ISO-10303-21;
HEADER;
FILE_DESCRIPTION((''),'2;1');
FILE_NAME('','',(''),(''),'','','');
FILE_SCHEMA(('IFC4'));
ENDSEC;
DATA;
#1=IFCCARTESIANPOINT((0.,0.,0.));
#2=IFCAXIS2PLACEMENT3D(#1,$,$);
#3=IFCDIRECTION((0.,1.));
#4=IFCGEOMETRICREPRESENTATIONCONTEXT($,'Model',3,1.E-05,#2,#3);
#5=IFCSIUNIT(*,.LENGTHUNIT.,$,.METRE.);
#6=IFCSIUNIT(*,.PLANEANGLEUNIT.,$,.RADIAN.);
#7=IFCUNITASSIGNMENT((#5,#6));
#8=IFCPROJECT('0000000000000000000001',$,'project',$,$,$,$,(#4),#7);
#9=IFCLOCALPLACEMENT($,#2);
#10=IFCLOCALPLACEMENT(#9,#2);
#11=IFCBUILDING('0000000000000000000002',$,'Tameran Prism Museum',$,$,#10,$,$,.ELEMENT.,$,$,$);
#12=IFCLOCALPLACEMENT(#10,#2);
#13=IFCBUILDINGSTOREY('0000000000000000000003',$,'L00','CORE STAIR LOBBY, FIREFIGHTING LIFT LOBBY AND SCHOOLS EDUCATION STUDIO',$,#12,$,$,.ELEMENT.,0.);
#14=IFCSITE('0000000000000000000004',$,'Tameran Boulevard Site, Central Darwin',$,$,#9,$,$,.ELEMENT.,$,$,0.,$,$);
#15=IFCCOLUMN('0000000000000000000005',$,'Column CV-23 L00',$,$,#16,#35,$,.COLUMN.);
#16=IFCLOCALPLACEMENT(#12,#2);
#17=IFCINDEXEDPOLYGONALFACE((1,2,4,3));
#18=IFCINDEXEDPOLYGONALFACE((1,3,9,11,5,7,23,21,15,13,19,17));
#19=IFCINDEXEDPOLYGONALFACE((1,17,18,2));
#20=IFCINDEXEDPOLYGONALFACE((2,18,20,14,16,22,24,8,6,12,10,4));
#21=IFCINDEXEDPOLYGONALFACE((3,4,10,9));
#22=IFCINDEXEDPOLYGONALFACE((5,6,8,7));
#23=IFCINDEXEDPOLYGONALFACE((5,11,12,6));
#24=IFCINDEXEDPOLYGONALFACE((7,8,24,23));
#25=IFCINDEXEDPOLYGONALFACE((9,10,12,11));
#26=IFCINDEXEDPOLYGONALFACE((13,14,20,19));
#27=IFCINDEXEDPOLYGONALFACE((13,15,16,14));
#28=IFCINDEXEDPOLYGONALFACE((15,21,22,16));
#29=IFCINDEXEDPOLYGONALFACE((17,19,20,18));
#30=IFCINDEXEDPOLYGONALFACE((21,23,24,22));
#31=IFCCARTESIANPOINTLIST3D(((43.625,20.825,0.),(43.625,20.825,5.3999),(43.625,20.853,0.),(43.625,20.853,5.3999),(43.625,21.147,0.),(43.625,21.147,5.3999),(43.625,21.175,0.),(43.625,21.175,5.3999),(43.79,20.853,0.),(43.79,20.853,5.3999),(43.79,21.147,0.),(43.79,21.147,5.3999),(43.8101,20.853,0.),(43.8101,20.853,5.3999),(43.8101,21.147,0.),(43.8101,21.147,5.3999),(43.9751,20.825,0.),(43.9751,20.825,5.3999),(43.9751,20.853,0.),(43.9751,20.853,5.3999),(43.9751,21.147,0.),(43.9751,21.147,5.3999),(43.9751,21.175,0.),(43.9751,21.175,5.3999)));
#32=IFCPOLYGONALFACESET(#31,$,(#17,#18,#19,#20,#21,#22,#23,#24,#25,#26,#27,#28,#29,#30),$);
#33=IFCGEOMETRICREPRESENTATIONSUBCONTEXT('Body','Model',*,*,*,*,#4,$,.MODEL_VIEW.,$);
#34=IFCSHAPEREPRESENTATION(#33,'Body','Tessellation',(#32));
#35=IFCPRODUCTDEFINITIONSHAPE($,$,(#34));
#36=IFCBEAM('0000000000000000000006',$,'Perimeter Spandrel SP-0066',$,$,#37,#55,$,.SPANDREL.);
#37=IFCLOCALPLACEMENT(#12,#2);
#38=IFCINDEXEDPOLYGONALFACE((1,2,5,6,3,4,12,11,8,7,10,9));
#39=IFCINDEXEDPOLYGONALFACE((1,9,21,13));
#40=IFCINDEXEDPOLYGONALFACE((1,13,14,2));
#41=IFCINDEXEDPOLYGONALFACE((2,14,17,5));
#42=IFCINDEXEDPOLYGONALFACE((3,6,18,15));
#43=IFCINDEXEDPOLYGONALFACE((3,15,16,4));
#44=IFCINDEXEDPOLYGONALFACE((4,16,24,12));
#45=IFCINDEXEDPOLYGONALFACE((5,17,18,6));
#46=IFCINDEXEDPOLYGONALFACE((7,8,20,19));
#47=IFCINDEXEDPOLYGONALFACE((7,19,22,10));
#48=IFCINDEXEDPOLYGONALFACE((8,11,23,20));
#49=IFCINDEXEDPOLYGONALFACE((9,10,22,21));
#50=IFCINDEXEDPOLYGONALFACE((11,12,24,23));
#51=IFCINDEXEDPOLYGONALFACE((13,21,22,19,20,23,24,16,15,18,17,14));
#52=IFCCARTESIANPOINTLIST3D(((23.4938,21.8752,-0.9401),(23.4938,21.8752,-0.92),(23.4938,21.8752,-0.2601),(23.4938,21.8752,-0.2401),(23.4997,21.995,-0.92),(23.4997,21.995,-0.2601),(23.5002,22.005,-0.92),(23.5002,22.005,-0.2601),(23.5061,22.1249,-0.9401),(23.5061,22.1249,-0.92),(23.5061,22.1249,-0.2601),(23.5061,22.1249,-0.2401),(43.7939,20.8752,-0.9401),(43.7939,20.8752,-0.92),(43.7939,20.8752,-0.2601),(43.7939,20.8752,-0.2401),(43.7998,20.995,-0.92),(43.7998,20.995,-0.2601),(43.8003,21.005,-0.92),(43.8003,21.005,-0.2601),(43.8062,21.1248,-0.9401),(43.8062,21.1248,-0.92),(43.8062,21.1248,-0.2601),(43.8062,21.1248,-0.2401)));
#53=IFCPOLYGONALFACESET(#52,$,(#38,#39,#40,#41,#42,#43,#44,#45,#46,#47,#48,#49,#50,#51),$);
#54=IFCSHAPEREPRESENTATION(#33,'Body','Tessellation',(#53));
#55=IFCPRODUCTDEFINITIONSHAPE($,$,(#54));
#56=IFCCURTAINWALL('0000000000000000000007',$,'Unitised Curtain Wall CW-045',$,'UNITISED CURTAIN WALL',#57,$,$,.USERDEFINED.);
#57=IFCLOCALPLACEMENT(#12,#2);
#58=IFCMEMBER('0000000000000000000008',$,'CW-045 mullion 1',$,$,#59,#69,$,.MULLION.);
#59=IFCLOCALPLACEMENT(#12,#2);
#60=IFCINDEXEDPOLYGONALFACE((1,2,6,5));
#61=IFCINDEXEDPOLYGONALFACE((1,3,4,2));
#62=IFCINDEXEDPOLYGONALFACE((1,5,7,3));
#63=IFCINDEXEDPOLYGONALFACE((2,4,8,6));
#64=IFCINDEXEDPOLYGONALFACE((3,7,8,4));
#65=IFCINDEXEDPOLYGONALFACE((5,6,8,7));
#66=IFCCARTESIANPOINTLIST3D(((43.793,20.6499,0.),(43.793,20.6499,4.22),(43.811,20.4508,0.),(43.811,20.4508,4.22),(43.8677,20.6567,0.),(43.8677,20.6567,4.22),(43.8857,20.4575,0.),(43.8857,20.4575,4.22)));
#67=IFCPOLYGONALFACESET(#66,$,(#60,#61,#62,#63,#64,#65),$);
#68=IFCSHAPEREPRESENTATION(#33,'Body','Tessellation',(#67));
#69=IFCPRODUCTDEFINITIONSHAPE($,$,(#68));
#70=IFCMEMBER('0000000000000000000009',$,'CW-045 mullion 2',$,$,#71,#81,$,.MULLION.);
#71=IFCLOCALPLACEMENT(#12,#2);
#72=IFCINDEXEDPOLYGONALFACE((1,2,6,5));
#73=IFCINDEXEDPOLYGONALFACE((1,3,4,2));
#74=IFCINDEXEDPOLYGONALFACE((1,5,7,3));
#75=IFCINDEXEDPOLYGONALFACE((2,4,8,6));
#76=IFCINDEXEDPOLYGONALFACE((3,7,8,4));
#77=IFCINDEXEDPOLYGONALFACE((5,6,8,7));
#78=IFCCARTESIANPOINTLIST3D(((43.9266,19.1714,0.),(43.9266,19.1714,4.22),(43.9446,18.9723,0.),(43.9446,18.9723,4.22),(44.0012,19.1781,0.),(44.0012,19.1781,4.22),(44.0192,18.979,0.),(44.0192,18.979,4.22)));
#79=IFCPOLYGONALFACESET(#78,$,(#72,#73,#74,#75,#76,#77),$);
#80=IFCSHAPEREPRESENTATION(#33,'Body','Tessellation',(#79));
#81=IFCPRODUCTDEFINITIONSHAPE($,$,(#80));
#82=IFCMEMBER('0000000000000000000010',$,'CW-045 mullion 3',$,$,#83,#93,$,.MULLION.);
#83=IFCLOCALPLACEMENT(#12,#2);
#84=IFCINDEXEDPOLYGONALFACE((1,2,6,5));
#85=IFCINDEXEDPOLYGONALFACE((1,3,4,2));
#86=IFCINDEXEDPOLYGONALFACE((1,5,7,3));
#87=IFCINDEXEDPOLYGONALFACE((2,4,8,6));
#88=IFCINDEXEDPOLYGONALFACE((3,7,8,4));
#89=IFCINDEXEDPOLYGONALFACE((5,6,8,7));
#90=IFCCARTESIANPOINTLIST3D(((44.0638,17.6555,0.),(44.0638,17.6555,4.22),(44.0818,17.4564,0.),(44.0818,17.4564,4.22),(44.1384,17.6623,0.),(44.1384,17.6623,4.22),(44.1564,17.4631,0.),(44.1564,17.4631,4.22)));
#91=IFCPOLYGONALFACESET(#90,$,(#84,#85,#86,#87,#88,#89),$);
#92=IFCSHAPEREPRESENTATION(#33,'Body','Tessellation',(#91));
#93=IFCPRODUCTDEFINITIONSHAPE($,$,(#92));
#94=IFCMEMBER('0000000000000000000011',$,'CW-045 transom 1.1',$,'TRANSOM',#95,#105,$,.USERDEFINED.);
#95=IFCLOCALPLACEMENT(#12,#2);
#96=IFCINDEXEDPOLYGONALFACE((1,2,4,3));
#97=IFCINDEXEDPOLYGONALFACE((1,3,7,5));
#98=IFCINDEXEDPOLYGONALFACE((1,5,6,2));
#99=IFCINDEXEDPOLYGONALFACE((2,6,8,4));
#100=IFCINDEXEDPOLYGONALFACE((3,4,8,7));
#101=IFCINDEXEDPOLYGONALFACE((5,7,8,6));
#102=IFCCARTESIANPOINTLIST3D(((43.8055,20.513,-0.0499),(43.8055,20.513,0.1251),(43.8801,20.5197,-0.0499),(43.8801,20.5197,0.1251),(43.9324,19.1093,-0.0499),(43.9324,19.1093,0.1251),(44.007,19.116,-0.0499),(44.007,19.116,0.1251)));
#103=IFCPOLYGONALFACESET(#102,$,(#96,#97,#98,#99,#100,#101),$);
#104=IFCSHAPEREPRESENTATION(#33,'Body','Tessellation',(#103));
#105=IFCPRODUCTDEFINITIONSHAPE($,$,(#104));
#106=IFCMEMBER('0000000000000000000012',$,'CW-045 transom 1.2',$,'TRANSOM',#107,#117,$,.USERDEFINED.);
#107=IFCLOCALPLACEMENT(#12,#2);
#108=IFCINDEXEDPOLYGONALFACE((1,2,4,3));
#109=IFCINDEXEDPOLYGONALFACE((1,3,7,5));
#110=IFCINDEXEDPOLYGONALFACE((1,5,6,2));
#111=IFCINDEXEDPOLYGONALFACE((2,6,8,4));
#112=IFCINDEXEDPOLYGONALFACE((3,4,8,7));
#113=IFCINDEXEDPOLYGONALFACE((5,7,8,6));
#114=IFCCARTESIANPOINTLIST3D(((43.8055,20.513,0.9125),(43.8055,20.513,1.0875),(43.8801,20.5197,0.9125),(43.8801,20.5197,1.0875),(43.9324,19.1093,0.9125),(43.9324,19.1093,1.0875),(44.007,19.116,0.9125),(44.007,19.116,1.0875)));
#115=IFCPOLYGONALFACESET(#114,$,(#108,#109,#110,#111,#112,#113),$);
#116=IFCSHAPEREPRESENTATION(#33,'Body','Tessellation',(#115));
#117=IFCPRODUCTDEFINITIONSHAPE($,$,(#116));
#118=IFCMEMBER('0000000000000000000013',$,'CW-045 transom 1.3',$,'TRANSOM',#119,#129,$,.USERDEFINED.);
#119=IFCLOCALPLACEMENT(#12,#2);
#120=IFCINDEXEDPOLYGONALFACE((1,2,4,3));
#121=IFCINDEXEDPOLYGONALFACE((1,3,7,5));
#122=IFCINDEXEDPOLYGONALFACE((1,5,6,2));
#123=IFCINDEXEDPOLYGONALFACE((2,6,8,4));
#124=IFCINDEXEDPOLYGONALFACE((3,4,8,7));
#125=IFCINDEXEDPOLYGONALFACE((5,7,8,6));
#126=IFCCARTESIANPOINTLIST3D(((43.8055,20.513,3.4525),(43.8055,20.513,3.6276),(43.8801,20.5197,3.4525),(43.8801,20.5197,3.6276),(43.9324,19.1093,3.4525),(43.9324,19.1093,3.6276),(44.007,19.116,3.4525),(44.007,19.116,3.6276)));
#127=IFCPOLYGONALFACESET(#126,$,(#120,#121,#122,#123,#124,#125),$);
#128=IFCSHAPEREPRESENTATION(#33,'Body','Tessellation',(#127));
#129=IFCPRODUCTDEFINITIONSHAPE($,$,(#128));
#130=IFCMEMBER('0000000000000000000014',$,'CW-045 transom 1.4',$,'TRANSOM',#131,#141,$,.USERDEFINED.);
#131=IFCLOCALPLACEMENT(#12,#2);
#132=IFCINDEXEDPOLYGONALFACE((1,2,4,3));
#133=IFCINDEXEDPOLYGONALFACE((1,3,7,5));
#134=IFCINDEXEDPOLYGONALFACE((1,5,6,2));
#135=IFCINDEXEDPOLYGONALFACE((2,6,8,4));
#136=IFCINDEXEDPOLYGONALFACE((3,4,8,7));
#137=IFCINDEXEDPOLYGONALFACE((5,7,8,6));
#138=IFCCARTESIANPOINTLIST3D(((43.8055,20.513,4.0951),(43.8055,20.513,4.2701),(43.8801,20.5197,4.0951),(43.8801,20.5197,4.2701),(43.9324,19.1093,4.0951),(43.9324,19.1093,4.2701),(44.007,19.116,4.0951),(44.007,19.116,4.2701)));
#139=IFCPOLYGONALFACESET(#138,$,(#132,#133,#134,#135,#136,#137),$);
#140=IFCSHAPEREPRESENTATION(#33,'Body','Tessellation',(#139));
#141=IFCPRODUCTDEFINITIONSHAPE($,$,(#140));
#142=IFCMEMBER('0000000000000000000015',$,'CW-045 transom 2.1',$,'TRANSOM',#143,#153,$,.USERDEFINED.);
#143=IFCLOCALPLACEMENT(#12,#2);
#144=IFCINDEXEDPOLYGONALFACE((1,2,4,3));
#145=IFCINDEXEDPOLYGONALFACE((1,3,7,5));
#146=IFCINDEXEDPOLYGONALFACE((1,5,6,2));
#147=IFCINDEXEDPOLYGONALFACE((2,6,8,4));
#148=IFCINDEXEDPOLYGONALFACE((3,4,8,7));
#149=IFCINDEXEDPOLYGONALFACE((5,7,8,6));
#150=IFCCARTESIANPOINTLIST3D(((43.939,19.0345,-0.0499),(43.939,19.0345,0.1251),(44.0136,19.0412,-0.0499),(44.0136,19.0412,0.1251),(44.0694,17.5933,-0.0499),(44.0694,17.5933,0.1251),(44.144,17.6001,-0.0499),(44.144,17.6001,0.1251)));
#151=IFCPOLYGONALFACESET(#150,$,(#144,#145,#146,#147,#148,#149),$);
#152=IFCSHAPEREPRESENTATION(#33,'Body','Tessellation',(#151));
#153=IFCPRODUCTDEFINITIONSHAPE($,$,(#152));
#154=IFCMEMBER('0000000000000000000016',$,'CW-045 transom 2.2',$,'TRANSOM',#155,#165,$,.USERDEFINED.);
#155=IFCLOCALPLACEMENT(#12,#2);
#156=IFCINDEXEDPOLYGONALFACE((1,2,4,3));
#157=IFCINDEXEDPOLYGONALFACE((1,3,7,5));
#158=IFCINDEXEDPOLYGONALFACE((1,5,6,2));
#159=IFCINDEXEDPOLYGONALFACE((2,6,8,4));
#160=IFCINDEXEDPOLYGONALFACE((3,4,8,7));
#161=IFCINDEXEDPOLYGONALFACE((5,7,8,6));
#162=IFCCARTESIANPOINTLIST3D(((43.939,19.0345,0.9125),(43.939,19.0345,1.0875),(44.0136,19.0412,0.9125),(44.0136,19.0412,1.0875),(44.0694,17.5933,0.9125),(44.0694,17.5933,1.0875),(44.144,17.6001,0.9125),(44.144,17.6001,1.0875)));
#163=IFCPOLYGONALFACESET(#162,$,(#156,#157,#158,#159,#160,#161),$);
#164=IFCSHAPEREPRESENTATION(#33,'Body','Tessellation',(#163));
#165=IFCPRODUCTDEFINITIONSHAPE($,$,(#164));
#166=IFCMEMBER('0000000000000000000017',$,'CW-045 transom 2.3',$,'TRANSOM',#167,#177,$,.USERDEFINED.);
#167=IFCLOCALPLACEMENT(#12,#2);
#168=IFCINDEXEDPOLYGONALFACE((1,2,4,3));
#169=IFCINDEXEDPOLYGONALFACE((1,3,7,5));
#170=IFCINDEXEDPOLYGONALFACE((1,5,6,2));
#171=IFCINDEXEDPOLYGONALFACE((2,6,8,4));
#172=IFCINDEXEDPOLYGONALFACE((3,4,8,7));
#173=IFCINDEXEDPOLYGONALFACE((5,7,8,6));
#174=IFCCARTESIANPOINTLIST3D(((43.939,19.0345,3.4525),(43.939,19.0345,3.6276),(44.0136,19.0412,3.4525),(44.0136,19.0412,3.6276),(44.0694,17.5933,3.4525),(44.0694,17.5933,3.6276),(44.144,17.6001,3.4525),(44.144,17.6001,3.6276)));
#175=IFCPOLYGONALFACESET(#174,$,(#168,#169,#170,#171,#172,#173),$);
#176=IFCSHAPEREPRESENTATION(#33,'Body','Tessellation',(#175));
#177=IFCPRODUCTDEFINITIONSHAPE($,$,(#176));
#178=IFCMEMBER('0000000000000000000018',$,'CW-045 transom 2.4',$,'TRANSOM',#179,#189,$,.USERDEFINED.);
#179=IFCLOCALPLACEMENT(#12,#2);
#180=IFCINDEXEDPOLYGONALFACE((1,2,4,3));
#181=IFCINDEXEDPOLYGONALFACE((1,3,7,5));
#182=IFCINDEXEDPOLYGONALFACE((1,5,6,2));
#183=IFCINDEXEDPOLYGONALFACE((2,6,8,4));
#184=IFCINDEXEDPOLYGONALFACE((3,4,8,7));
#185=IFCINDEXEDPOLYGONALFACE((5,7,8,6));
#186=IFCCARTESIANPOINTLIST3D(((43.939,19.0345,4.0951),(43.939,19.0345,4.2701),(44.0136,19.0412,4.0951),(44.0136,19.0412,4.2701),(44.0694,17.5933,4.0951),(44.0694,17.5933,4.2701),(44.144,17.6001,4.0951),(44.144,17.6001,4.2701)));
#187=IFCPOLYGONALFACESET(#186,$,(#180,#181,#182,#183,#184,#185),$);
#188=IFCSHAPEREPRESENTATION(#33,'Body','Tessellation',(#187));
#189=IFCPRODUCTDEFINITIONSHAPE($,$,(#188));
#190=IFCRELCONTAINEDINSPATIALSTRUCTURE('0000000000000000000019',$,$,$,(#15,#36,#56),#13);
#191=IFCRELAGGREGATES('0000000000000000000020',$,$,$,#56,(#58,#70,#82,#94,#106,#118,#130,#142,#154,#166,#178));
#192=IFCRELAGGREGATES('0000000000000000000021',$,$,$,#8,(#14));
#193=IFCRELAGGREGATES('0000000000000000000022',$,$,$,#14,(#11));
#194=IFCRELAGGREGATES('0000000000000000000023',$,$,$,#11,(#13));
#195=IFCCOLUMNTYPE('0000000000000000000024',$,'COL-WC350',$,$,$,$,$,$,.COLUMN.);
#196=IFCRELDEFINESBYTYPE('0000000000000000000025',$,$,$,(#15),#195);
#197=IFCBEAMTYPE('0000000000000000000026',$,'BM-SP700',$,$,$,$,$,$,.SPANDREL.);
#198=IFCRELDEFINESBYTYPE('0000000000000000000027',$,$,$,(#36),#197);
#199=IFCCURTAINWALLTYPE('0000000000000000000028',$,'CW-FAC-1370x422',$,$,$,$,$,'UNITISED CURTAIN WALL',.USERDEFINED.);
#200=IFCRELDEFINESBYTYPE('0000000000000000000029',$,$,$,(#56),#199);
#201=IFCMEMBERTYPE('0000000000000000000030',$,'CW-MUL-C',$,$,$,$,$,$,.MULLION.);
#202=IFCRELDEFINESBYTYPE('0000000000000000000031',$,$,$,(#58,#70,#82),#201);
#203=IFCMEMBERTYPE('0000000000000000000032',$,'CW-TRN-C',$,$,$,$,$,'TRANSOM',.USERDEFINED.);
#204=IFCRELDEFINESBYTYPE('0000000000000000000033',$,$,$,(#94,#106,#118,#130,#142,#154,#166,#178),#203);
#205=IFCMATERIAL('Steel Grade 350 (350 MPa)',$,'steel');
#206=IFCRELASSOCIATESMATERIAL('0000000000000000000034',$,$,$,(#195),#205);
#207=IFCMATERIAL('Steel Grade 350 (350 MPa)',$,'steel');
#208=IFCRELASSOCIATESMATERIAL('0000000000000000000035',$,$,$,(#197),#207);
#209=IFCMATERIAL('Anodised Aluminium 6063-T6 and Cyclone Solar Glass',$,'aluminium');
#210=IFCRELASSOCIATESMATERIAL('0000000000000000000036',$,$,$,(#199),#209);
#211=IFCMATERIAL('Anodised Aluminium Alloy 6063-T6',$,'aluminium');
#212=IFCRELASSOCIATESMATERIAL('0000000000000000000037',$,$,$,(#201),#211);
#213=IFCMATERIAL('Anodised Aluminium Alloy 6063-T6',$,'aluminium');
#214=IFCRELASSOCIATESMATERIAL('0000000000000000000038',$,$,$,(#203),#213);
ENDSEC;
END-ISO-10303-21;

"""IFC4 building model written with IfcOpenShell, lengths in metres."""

from ifc_helpers import new_model, si_unit, direction, frame, origin, origin_2d, place, context, subcontext, project, spatial, rectangle, i_section, extrude, material, material_profile, profile_set, type_object, element, aggregate, save


model = new_model("IFC4")

# Units and contexts
model_context = context("Model", 3, precision=1e-05, world=origin(), true_north=direction((0.0, 1.0)))
body_context = subcontext(model_context, "Body", "Model", "MODEL_VIEW")
ifc_project = project(units=[si_unit("LENGTHUNIT", "METRE"), si_unit("PLANEANGLEUNIT", "RADIAN")], contexts=[model_context])

# Site, building, storey
site_placement = place(None, origin())
site = spatial("IfcSite", under=ifc_project, at=site_placement, Name="Tameran Boulevard Site, Central Darwin", CompositionType="ELEMENT", RefElevation=0.0)
building_placement = place(site_placement, origin())
building = spatial("IfcBuilding", under=site, at=building_placement, Name="Tameran Prism Museum", CompositionType="ELEMENT")
storey_placement = place(building_placement, origin())
storey = spatial("IfcBuildingStorey", under=building, at=storey_placement, Name="L00", Description="CORE STAIR LOBBY, FIREFIGHTING LIFT LOBBY AND SCHOOLS EDUCATION STUDIO", CompositionType="ELEMENT", Elevation=0.0)

# Column
ifc_material_1 = material(Name="Steel Grade 350 (350 MPa)", Category="steel")
ifc_material_profile_1 = material_profile(ifc_material_1, i_section(OverallWidth=0.3501, OverallDepth=0.3501, WebThickness=0.02, FlangeThickness=0.0281, at=origin_2d()))
ifc_profile_set_1 = profile_set([ifc_material_profile_1])
column_type = type_object("IfcColumnType", Name="COL-WC350", PredefinedType="COLUMN", material=ifc_profile_set_1)
column_placement = place(storey_placement, frame((43.8, 21.0, 0.0), z_axis=(0.0, 0.0, 1.0), x_axis=(1.0, 0.0, 0.0)))
element("IfcColumn", 1, at=column_placement, inside=storey, type_object=column_type, Name="Column CV-23 L00", PredefinedType="COLUMN", context=body_context, shape_type="SweptSolid", body=[
    extrude(i_section(OverallWidth=0.3501, OverallDepth=0.3501, WebThickness=0.02, FlangeThickness=0.0281, at=origin_2d()), origin(), (0.0, 0.0, 1.0), 5.3999),
])

# Beam
ifc_material_2 = material(Name="Steel Grade 350 (350 MPa)", Category="steel")
ifc_material_profile_2 = material_profile(ifc_material_2, i_section(OverallWidth=0.25, OverallDepth=0.7, WebThickness=0.01, FlangeThickness=0.02, at=origin_2d()))
ifc_profile_set_2 = profile_set([ifc_material_profile_2])
beam_type = type_object("IfcBeamType", Name="BM-SP700", PredefinedType="SPANDREL", material=ifc_profile_set_2)
beam_placement = place(storey_placement, frame((43.8, 21.0, -0.5901), z_axis=(-0.998789, 0.049201, 0.0), x_axis=(-0.049201, -0.998789, 0.0)))
element("IfcBeam", 2, at=beam_placement, inside=storey, type_object=beam_type, Name="Perimeter Spandrel SP-0066", PredefinedType="SPANDREL", context=body_context, shape_type="SweptSolid", body=[
    extrude(i_section(OverallWidth=0.25, OverallDepth=0.7, WebThickness=0.01, FlangeThickness=0.02, at=origin_2d()), origin(), (0.0, 0.0, 1.0), 20.3247),
])

# Curtain wall, members
ifc_material_3 = material(Name="Anodised Aluminium 6063-T6 and Cyclone Solar Glass", Category="aluminium")
curtain_wall_type = type_object("IfcCurtainWallType", Name="CW-FAC-1370x422", ElementType="UNITISED CURTAIN WALL", PredefinedType="USERDEFINED", material=ifc_material_3)
curtain_wall_placement = place(storey_placement, origin())
curtain_wall = element("IfcCurtainWall", 3, at=curtain_wall_placement, inside=storey, type_object=curtain_wall_type, Name="Unitised Curtain Wall CW-045", ObjectType="UNITISED CURTAIN WALL", PredefinedType="USERDEFINED")
ifc_material_4 = material(Name="Anodised Aluminium Alloy 6063-T6", Category="aluminium")
ifc_material_profile_3 = material_profile(ifc_material_4, rectangle(XDim=0.075, YDim=0.2, at=origin_2d()))
ifc_profile_set_3 = profile_set([ifc_material_profile_3])
member_type_1 = type_object("IfcMemberType", Name="CW-MUL-C", PredefinedType="MULLION", material=ifc_profile_set_3)
member_1_placement = place(storey_placement, frame((43.8394, 20.5537, 0.0), z_axis=(0.0, 0.0, 1.0), x_axis=(0.99594, 0.090016, 0.0)))
member_1 = element("IfcMember", 4, at=member_1_placement, type_object=member_type_1, Name="CW-045 mullion 1", PredefinedType="MULLION", context=body_context, shape_type="SweptSolid", body=[
    extrude(rectangle(XDim=0.075, YDim=0.2, at=origin_2d()), origin(), (0.0, 0.0, 1.0), 4.22),
])
member_2_placement = place(storey_placement, frame((43.9729, 19.0752, 0.0), z_axis=(0.0, 0.0, 1.0), x_axis=(0.99594, 0.090016, 0.0)))
member_2 = element("IfcMember", 5, at=member_2_placement, type_object=member_type_1, Name="CW-045 mullion 2", PredefinedType="MULLION", context=body_context, shape_type="SweptSolid", body=[
    extrude(rectangle(XDim=0.075, YDim=0.2, at=origin_2d()), origin(), (0.0, 0.0, 1.0), 4.22),
])
member_3_placement = place(storey_placement, frame((44.1101, 17.5593, 0.0), z_axis=(0.0, 0.0, 1.0), x_axis=(0.99594, 0.090016, 0.0)))
member_3 = element("IfcMember", 6, at=member_3_placement, type_object=member_type_1, Name="CW-045 mullion 3", PredefinedType="MULLION", context=body_context, shape_type="SweptSolid", body=[
    extrude(rectangle(XDim=0.075, YDim=0.2, at=origin_2d()), origin(), (0.0, 0.0, 1.0), 4.22),
])
ifc_material_5 = material(Name="Anodised Aluminium Alloy 6063-T6", Category="aluminium")
ifc_material_profile_4 = material_profile(ifc_material_5, rectangle(XDim=0.075, YDim=0.175, at=origin_2d()))
ifc_profile_set_4 = profile_set([ifc_material_profile_4])
member_type_2 = type_object("IfcMemberType", Name="CW-TRN-C", ElementType="TRANSOM", PredefinedType="USERDEFINED", material=ifc_profile_set_4)
member_4_placement = place(storey_placement, frame((43.8428, 20.5164, 0.0376), z_axis=(0.090067, -0.995936, 0.0), x_axis=(0.995936, 0.090067, 0.0)))
member_4 = element("IfcMember", 7, at=member_4_placement, type_object=member_type_2, Name="CW-045 transom 1.1", ObjectType="TRANSOM", PredefinedType="USERDEFINED", context=body_context, shape_type="SweptSolid", body=[
    extrude(rectangle(XDim=0.075, YDim=0.175, at=origin_2d()), origin(), (0.0, 0.0, 1.0), 1.4094),
])
member_5_placement = place(storey_placement, frame((43.8428, 20.5164, 1.0), z_axis=(0.090067, -0.995936, 0.0), x_axis=(0.995936, 0.090067, 0.0)))
member_5 = element("IfcMember", 8, at=member_5_placement, type_object=member_type_2, Name="CW-045 transom 1.2", ObjectType="TRANSOM", PredefinedType="USERDEFINED", context=body_context, shape_type="SweptSolid", body=[
    extrude(rectangle(XDim=0.075, YDim=0.175, at=origin_2d()), origin(), (0.0, 0.0, 1.0), 1.4094),
])
member_6_placement = place(storey_placement, frame((43.8428, 20.5164, 3.54), z_axis=(0.090067, -0.995936, 0.0), x_axis=(0.995936, 0.090067, 0.0)))
member_6 = element("IfcMember", 9, at=member_6_placement, type_object=member_type_2, Name="CW-045 transom 1.3", ObjectType="TRANSOM", PredefinedType="USERDEFINED", context=body_context, shape_type="SweptSolid", body=[
    extrude(rectangle(XDim=0.075, YDim=0.175, at=origin_2d()), origin(), (0.0, 0.0, 1.0), 1.4094),
])
member_7_placement = place(storey_placement, frame((43.8428, 20.5164, 4.1826), z_axis=(0.090067, -0.995936, 0.0), x_axis=(0.995936, 0.090067, 0.0)))
member_7 = element("IfcMember", 10, at=member_7_placement, type_object=member_type_2, Name="CW-045 transom 1.4", ObjectType="TRANSOM", PredefinedType="USERDEFINED", context=body_context, shape_type="SweptSolid", body=[
    extrude(rectangle(XDim=0.075, YDim=0.175, at=origin_2d()), origin(), (0.0, 0.0, 1.0), 1.4094),
])
member_8_placement = place(storey_placement, frame((43.9763, 19.0378, 0.0376), z_axis=(0.090095, -0.995933, 0.0), x_axis=(0.995933, 0.090095, 0.0)))
member_8 = element("IfcMember", 11, at=member_8_placement, type_object=member_type_2, Name="CW-045 transom 2.1", ObjectType="TRANSOM", PredefinedType="USERDEFINED", context=body_context, shape_type="SweptSolid", body=[
    extrude(rectangle(XDim=0.075, YDim=0.175, at=origin_2d()), origin(), (0.0, 0.0, 1.0), 1.447),
])
member_9_placement = place(storey_placement, frame((43.9763, 19.0378, 1.0), z_axis=(0.090095, -0.995933, 0.0), x_axis=(0.995933, 0.090095, 0.0)))
member_9 = element("IfcMember", 12, at=member_9_placement, type_object=member_type_2, Name="CW-045 transom 2.2", ObjectType="TRANSOM", PredefinedType="USERDEFINED", context=body_context, shape_type="SweptSolid", body=[
    extrude(rectangle(XDim=0.075, YDim=0.175, at=origin_2d()), origin(), (0.0, 0.0, 1.0), 1.447),
])
member_10_placement = place(storey_placement, frame((43.9763, 19.0378, 3.54), z_axis=(0.090095, -0.995933, 0.0), x_axis=(0.995933, 0.090095, 0.0)))
member_10 = element("IfcMember", 13, at=member_10_placement, type_object=member_type_2, Name="CW-045 transom 2.3", ObjectType="TRANSOM", PredefinedType="USERDEFINED", context=body_context, shape_type="SweptSolid", body=[
    extrude(rectangle(XDim=0.075, YDim=0.175, at=origin_2d()), origin(), (0.0, 0.0, 1.0), 1.447),
])
member_11_placement = place(storey_placement, frame((43.9763, 19.0378, 4.1826), z_axis=(0.090095, -0.995933, 0.0), x_axis=(0.995933, 0.090095, 0.0)))
member_11 = element("IfcMember", 14, at=member_11_placement, type_object=member_type_2, Name="CW-045 transom 2.4", ObjectType="TRANSOM", PredefinedType="USERDEFINED", context=body_context, shape_type="SweptSolid", body=[
    extrude(rectangle(XDim=0.075, YDim=0.175, at=origin_2d()), origin(), (0.0, 0.0, 1.0), 1.447),
])
aggregate(curtain_wall, [member_1, member_2, member_3, member_4, member_5, member_6, member_7, member_8, member_9, member_10, member_11])

save(model, "model.ifc")
